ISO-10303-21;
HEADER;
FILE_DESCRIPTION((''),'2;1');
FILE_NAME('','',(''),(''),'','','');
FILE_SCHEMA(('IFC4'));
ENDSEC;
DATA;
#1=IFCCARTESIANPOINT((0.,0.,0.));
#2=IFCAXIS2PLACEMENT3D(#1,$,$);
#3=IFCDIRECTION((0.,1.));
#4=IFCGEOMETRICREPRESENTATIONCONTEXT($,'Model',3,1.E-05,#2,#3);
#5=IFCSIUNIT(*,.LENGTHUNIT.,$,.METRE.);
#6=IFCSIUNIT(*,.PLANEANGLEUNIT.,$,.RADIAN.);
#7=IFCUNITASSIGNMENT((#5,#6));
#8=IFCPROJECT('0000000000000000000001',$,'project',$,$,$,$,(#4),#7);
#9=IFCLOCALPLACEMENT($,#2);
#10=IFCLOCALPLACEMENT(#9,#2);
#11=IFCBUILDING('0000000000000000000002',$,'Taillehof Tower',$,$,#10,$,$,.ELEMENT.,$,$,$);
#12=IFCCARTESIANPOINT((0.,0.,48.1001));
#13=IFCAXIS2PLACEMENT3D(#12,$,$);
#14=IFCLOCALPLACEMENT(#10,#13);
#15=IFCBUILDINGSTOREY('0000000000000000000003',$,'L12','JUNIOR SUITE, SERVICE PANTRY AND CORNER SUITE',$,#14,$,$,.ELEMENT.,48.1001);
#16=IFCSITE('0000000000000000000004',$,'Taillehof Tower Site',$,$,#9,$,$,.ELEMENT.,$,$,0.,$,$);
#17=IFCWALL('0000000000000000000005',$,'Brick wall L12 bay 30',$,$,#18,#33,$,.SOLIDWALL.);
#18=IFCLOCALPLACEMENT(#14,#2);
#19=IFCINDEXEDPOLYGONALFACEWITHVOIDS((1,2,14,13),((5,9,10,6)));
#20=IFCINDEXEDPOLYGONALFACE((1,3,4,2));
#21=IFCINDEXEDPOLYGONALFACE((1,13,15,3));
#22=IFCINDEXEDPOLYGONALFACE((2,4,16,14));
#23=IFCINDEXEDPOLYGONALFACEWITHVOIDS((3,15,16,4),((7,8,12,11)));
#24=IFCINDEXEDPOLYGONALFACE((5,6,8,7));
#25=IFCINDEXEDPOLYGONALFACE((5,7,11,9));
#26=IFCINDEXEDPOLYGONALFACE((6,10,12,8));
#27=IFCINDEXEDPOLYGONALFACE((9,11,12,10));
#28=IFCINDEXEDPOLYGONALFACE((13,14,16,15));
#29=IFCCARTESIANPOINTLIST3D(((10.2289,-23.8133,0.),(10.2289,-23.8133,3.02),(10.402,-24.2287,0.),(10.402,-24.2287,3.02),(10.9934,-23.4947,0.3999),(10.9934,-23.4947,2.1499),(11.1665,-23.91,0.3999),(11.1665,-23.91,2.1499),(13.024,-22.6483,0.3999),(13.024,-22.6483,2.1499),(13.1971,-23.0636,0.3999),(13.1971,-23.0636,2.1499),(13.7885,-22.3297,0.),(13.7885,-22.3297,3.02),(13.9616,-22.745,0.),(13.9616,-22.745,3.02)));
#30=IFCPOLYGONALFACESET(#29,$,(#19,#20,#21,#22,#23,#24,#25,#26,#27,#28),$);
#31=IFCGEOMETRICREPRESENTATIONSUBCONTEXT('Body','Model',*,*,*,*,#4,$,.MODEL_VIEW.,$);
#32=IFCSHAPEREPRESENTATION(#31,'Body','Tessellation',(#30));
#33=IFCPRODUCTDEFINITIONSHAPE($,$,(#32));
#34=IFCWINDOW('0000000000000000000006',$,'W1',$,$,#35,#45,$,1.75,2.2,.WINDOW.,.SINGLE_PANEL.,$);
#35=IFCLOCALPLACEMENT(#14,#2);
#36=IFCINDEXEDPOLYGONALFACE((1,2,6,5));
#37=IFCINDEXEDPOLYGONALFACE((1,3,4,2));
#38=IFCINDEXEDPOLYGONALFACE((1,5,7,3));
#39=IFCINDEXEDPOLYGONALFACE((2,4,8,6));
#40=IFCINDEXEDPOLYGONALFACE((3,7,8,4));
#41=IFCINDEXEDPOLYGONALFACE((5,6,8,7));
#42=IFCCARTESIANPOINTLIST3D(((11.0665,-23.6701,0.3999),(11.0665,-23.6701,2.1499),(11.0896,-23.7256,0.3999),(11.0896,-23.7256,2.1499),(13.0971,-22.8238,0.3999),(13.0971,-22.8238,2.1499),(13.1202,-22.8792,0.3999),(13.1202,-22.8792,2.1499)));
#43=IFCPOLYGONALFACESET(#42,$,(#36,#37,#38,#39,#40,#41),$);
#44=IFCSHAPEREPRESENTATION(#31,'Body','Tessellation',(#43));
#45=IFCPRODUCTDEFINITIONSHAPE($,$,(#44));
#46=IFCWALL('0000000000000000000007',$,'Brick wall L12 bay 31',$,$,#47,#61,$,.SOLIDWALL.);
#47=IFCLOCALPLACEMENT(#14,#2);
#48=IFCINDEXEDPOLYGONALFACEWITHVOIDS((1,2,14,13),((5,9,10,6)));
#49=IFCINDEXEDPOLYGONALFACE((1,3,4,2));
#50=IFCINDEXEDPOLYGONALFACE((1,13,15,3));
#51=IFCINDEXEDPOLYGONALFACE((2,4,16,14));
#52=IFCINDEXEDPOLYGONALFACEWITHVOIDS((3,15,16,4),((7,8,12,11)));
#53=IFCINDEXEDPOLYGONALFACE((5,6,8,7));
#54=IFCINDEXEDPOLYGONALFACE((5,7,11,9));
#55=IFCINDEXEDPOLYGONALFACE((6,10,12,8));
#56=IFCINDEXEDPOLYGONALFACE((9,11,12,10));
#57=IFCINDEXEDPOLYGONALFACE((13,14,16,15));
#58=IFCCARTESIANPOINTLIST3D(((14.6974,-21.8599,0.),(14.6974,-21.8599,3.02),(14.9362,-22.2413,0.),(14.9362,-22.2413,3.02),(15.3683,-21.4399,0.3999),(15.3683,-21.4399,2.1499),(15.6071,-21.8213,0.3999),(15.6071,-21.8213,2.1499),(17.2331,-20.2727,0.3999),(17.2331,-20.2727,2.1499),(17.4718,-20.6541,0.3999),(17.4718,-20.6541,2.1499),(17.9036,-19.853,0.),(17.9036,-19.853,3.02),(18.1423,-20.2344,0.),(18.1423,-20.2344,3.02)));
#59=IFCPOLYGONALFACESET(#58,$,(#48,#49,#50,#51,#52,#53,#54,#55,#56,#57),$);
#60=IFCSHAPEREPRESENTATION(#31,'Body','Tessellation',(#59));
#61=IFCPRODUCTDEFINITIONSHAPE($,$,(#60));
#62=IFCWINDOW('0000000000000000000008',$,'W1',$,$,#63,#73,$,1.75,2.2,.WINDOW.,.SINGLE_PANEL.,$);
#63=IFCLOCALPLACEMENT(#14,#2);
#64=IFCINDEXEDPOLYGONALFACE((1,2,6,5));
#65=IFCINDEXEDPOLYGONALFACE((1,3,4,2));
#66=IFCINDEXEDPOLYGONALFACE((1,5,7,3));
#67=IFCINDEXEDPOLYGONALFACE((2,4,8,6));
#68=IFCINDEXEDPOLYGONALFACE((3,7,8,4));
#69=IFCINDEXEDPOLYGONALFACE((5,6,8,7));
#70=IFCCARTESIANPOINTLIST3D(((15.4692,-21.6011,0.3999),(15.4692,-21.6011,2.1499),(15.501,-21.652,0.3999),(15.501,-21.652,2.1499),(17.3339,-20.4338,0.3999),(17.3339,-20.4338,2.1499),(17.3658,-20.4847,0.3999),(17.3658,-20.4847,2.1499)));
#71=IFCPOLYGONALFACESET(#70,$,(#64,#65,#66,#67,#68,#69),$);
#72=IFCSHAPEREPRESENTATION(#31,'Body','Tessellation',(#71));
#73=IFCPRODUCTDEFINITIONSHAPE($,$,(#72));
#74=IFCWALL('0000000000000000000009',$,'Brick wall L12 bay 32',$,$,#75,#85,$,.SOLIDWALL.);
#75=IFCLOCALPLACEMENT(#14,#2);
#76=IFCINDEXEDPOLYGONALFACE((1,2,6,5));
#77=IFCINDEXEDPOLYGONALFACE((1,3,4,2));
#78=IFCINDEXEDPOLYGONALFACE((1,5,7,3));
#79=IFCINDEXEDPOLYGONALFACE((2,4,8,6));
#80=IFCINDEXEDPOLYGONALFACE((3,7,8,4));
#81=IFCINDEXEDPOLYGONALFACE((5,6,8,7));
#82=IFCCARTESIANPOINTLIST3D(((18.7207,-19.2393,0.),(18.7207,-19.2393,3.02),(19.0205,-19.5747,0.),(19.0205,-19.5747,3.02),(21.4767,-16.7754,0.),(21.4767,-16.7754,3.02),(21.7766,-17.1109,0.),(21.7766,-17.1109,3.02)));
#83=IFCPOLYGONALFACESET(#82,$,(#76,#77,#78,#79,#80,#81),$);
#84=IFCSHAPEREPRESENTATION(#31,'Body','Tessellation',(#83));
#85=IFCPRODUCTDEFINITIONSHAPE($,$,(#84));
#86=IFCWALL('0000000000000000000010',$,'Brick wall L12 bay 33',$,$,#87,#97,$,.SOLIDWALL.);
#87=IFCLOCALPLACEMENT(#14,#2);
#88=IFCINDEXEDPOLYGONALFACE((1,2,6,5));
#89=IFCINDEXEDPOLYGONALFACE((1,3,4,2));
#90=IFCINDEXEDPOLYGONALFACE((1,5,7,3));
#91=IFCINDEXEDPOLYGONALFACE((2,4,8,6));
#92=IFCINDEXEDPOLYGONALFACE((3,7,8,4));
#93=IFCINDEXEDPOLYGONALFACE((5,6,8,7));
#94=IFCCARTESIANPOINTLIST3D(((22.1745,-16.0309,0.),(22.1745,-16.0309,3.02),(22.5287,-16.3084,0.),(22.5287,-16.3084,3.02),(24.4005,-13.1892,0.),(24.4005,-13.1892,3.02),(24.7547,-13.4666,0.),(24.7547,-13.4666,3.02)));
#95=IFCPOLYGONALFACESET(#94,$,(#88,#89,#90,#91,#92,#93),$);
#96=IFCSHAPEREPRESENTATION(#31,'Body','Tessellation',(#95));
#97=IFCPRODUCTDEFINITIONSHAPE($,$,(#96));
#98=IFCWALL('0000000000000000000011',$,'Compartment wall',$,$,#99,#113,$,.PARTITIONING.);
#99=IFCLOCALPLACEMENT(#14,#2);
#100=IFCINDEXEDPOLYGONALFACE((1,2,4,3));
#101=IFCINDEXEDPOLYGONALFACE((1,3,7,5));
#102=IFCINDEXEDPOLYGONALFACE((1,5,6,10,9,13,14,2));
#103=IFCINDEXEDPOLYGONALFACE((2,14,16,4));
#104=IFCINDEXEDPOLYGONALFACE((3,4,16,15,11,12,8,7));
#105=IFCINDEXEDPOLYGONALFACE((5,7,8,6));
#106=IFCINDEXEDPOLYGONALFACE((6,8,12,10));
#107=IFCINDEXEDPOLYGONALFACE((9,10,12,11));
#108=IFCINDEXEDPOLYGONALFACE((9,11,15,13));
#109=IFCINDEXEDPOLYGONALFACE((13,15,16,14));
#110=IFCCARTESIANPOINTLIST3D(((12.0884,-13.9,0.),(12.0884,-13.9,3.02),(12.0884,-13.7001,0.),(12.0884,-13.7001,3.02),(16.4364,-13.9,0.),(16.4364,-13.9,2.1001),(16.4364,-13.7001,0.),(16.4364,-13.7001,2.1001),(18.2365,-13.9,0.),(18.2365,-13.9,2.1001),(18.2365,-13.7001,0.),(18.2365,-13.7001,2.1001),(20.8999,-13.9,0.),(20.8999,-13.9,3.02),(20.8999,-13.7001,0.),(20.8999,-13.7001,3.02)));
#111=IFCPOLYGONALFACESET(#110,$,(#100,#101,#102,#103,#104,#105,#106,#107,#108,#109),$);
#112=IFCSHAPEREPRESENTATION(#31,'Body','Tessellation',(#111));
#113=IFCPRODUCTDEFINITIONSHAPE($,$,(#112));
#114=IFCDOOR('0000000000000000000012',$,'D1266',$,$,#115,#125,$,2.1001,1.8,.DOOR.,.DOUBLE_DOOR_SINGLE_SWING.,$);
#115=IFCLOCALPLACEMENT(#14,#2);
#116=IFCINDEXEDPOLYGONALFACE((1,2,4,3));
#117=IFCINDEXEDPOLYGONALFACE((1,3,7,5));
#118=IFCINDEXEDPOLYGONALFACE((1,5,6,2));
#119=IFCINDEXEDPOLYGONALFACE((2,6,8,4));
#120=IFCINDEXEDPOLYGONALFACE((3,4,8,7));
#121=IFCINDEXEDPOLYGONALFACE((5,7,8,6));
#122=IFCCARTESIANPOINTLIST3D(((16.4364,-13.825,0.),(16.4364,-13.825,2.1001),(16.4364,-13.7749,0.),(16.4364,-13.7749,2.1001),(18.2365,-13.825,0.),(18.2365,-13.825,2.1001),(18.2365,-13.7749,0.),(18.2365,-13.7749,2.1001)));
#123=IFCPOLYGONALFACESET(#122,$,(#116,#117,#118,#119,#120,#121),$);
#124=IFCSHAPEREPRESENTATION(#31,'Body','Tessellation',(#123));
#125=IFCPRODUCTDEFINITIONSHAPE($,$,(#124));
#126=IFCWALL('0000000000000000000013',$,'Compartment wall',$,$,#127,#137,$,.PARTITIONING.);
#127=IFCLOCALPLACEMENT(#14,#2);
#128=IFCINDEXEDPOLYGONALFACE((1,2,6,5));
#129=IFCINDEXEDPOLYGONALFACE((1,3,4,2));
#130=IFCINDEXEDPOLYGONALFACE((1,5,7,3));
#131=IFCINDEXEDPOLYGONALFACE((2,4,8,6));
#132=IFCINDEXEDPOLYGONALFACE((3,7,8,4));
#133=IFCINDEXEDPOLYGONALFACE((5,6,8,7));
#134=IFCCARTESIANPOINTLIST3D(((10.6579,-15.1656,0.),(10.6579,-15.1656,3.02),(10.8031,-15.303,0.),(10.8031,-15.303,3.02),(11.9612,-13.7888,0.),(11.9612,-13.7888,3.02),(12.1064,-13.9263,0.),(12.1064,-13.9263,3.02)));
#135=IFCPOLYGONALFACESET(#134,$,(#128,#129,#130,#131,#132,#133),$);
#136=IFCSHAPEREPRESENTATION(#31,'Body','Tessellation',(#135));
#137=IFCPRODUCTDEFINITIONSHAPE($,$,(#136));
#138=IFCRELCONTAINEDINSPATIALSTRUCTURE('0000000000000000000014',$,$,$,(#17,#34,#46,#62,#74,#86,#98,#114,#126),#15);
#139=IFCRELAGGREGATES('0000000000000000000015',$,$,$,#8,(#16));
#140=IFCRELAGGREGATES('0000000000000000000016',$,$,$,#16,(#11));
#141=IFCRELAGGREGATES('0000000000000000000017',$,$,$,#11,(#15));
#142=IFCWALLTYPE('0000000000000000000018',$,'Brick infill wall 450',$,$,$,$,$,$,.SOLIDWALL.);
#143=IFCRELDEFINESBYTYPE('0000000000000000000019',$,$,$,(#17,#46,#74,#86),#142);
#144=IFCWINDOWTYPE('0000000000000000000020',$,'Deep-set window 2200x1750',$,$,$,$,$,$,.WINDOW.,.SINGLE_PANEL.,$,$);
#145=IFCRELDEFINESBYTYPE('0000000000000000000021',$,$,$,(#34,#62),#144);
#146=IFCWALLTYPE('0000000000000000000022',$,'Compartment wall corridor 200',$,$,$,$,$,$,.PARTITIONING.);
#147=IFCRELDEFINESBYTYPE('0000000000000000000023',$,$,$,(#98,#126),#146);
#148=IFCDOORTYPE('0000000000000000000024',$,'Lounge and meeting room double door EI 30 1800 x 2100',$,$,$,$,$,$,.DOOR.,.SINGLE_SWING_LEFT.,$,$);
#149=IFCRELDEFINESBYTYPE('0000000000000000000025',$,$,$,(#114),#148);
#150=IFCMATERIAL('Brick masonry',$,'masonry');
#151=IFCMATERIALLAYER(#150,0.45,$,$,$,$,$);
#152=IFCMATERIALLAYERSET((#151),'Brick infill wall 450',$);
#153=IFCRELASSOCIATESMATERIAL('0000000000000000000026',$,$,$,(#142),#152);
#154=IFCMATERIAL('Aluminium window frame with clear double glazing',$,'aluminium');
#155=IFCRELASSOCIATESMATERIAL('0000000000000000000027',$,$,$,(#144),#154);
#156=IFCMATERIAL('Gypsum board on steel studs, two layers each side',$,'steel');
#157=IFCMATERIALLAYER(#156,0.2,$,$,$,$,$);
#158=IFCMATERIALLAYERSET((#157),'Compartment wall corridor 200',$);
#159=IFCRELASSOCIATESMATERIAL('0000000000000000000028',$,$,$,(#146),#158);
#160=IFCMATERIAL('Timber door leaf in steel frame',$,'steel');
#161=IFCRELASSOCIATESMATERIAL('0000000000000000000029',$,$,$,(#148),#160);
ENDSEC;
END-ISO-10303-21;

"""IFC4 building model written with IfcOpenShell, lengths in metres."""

from ifc_helpers import new_model, si_unit, direction, frame, frame_2d, origin, place, context, subcontext, project, spatial, rectangle, extrude, material, layer, layer_set, type_object, element, fill, save


model = new_model("IFC4")

# Units and contexts
model_context = context("Model", 3, precision=1e-05, world=origin(), true_north=direction((0.0, 1.0)))
body_context = subcontext(model_context, "Body", "Model", "MODEL_VIEW")
ifc_project = project(units=[si_unit("LENGTHUNIT", "METRE"), si_unit("PLANEANGLEUNIT", "RADIAN")], contexts=[model_context])

# Site, building, storey
site_placement = place(None, origin())
site = spatial("IfcSite", under=ifc_project, at=site_placement, Name="Taillehof Tower Site", CompositionType="ELEMENT", RefElevation=0.0)
building_placement = place(site_placement, origin())
building = spatial("IfcBuilding", under=site, at=building_placement, Name="Taillehof Tower", CompositionType="ELEMENT")
storey_placement = place(building_placement, frame((0.0, 0.0, 48.1001)))
storey = spatial("IfcBuildingStorey", under=building, at=storey_placement, Name="L12", Description="JUNIOR SUITE, SERVICE PANTRY AND CORNER SUITE", CompositionType="ELEMENT", Elevation=48.1001)

# Walls, openings, windows
ifc_material_1 = material(Name="Brick masonry", Category="masonry")
ifc_layer_1 = layer(ifc_material_1, 0.45)
ifc_layer_set_1 = layer_set([ifc_layer_1], Name="Brick infill wall 450")
wall_type_1 = type_object("IfcWallType", Name="Brick infill wall 450", PredefinedType="SOLIDWALL", material=ifc_layer_set_1)
wall_1_placement = place(storey_placement, frame((10.3154, -24.021, 0.0), z_axis=(0.0, 0.0, 1.0), x_axis=(0.923032, 0.384723, 0.0)))
wall_1 = element("IfcWall", 1, at=wall_1_placement, inside=storey, type_object=wall_type_1, Name="Brick wall L12 bay 30", PredefinedType="SOLIDWALL", context=body_context, shape_type="SweptSolid", body=[
    extrude(rectangle(XDim=3.8564, YDim=0.45, at=frame_2d((1.9282, 0.0))), origin(), (0.0, 0.0, 1.0), 3.02),
])
opening_1_placement = place(wall_1_placement, frame((0.8281, 0.0, 0.3999)))
opening_1 = element("IfcOpeningElement", 2, at=opening_1_placement, cuts=wall_1, PredefinedType="OPENING", context=body_context, shape_type="SweptSolid", body=[
    extrude(rectangle(XDim=2.2, YDim=1.75, at=frame_2d((1.1001, 0.875))), frame((0.0, 0.2349, 0.0), z_axis=(0.0, -1.0, 0.0), x_axis=(1.0, 0.0, 0.0)), (0.0, 0.0, 1.0), 0.47),
])
ifc_material_2 = material(Name="Aluminium window frame with clear double glazing", Category="aluminium")
window_type = type_object("IfcWindowType", Name="Deep-set window 2200x1750", PartitioningType="SINGLE_PANEL", PredefinedType="WINDOW", material=ifc_material_2)
window_1_placement = place(opening_1_placement, origin())
window_1 = element("IfcWindow", 3, at=window_1_placement, inside=storey, type_object=window_type, Name="W1", OverallHeight=1.75, OverallWidth=2.2, PartitioningType="SINGLE_PANEL", PredefinedType="WINDOW", context=body_context, shape_type="SweptSolid", body=[
    extrude(rectangle(XDim=2.2, YDim=1.75, at=frame_2d((1.1001, 0.875))), frame((0.0, 0.0349, 0.0), z_axis=(0.0, -1.0, 0.0), x_axis=(1.0, 0.0, 0.0)), (0.0, 0.0, 1.0), 0.0601),
])
fill(opening_1, window_1)
wall_2_placement = place(storey_placement, frame((14.8169, -22.0505, 0.0), z_axis=(0.0, 0.0, 1.0), x_axis=(0.847635, 0.530579, 0.0)))
wall_2 = element("IfcWall", 4, at=wall_2_placement, inside=storey, type_object=wall_type_1, Name="Brick wall L12 bay 31", PredefinedType="SOLIDWALL", context=body_context, shape_type="SweptSolid", body=[
    extrude(rectangle(XDim=3.7825, YDim=0.45, at=frame_2d((1.8911, 0.0))), origin(), (0.0, 0.0, 1.0), 3.02),
])
opening_2_placement = place(wall_2_placement, frame((0.7913, 0.0, 0.3999)))
opening_2 = element("IfcOpeningElement", 5, at=opening_2_placement, cuts=wall_2, PredefinedType="OPENING", context=body_context, shape_type="SweptSolid", body=[
    extrude(rectangle(XDim=2.2, YDim=1.75, at=frame_2d((1.1001, 0.875))), frame((0.0, 0.2349, 0.0), z_axis=(0.0, -1.0, 0.0), x_axis=(1.0, 0.0, 0.0)), (0.0, 0.0, 1.0), 0.47),
])
window_2_placement = place(opening_2_placement, origin())
window_2 = element("IfcWindow", 6, at=window_2_placement, inside=storey, type_object=window_type, Name="W1", OverallHeight=1.75, OverallWidth=2.2, PartitioningType="SINGLE_PANEL", PredefinedType="WINDOW", context=body_context, shape_type="SweptSolid", body=[
    extrude(rectangle(XDim=2.2, YDim=1.75, at=frame_2d((1.1001, 0.875))), frame((0.0, 0.0349, 0.0), z_axis=(0.0, -1.0, 0.0), x_axis=(1.0, 0.0, 0.0)), (0.0, 0.0, 1.0), 0.0601),
])
fill(opening_2, window_2)

# Walls
wall_3_placement = place(storey_placement, frame((18.8706, -19.407, 0.0), z_axis=(0.0, 0.0, 1.0), x_axis=(0.745526, 0.666476, 0.0)))
element("IfcWall", 7, at=wall_3_placement, inside=storey, type_object=wall_type_1, Name="Brick wall L12 bay 32", PredefinedType="SOLIDWALL", context=body_context, shape_type="SweptSolid", body=[
    extrude(rectangle(XDim=3.6968, YDim=0.45, at=frame_2d((1.8484, 0.0))), origin(), (0.0, 0.0, 1.0), 3.02),
])
wall_4_placement = place(storey_placement, frame((22.3516, -16.1697, 0.0), z_axis=(0.0, 0.0, 1.0), x_axis=(0.616662, 0.787228, 0.0)))
element("IfcWall", 8, at=wall_4_placement, inside=storey, type_object=wall_type_1, Name="Brick wall L12 bay 33", PredefinedType="SOLIDWALL", context=body_context, shape_type="SweptSolid", body=[
    extrude(rectangle(XDim=3.6099, YDim=0.45, at=frame_2d((1.8049, 0.0))), origin(), (0.0, 0.0, 1.0), 3.02),
])

# Wall, opening, door
ifc_material_3 = material(Name="Gypsum board on steel studs, two layers each side", Category="steel")
ifc_layer_2 = layer(ifc_material_3, 0.2)
ifc_layer_set_2 = layer_set([ifc_layer_2], Name="Compartment wall corridor 200")
wall_type_2 = type_object("IfcWallType", Name="Compartment wall corridor 200", PredefinedType="PARTITIONING", material=ifc_layer_set_2)
wall_5_placement = place(storey_placement, frame((20.8999, -13.8, 0.0), z_axis=(0.0, 0.0, 1.0), x_axis=(-1.0, 0.0, 0.0)))
wall_5 = element("IfcWall", 9, at=wall_5_placement, inside=storey, type_object=wall_type_2, Name="Compartment wall", PredefinedType="PARTITIONING", context=body_context, shape_type="SweptSolid", body=[
    extrude(rectangle(XDim=8.8115, YDim=0.2, at=frame_2d((4.4058, 0.0))), origin(), (0.0, 0.0, 1.0), 3.02),
])
opening_3_placement = place(wall_5_placement, frame((2.6636, 0.0, 0.0)))
opening_3 = element("IfcOpeningElement", 10, at=opening_3_placement, cuts=wall_5, PredefinedType="OPENING", context=body_context, shape_type="SweptSolid", body=[
    extrude(rectangle(XDim=1.8, YDim=2.1001, at=frame_2d((0.8999, 1.05))), frame((0.0, 0.1099, 0.0), z_axis=(0.0, -1.0, 0.0), x_axis=(1.0, 0.0, 0.0)), (0.0, 0.0, 1.0), 0.22),
])
ifc_material_4 = material(Name="Timber door leaf in steel frame", Category="steel")
door_type_1 = type_object("IfcDoorType", Name="Lounge and meeting room double door EI 30 1800 x 2100", OperationType="SINGLE_SWING_LEFT", PredefinedType="DOOR", material=ifc_material_4)
door_1_placement = place(opening_3_placement, origin())
door_1 = element("IfcDoor", 11, at=door_1_placement, inside=storey, type_object=door_type_1, Name="D1266", OperationType="DOUBLE_DOOR_SINGLE_SWING", OverallHeight=2.1001, OverallWidth=1.8, PredefinedType="DOOR", context=body_context, shape_type="SweptSolid", body=[
    extrude(rectangle(XDim=1.8, YDim=2.1001, at=frame_2d((0.8999, 1.05))), frame((0.0, 0.0249, 0.0), z_axis=(0.0, -1.0, 0.0), x_axis=(1.0, 0.0, 0.0)), (0.0, 0.0, 1.0), 0.05),
])
fill(opening_3, door_1)

# Wall
wall_6_placement = place(storey_placement, frame((12.0337, -13.8577, 0.0), z_axis=(0.0, 0.0, 1.0), x_axis=(-0.687459, -0.726223, 0.0)))
element("IfcWall", 12, at=wall_6_placement, inside=storey, type_object=wall_type_2, Name="Compartment wall", PredefinedType="PARTITIONING", context=body_context, shape_type="SweptSolid", body=[
    extrude(rectangle(XDim=1.8958, YDim=0.2, at=frame_2d((0.9478, 0.0))), origin(), (0.0, 0.0, 1.0), 3.02),
])

save(model, "model.ifc")
